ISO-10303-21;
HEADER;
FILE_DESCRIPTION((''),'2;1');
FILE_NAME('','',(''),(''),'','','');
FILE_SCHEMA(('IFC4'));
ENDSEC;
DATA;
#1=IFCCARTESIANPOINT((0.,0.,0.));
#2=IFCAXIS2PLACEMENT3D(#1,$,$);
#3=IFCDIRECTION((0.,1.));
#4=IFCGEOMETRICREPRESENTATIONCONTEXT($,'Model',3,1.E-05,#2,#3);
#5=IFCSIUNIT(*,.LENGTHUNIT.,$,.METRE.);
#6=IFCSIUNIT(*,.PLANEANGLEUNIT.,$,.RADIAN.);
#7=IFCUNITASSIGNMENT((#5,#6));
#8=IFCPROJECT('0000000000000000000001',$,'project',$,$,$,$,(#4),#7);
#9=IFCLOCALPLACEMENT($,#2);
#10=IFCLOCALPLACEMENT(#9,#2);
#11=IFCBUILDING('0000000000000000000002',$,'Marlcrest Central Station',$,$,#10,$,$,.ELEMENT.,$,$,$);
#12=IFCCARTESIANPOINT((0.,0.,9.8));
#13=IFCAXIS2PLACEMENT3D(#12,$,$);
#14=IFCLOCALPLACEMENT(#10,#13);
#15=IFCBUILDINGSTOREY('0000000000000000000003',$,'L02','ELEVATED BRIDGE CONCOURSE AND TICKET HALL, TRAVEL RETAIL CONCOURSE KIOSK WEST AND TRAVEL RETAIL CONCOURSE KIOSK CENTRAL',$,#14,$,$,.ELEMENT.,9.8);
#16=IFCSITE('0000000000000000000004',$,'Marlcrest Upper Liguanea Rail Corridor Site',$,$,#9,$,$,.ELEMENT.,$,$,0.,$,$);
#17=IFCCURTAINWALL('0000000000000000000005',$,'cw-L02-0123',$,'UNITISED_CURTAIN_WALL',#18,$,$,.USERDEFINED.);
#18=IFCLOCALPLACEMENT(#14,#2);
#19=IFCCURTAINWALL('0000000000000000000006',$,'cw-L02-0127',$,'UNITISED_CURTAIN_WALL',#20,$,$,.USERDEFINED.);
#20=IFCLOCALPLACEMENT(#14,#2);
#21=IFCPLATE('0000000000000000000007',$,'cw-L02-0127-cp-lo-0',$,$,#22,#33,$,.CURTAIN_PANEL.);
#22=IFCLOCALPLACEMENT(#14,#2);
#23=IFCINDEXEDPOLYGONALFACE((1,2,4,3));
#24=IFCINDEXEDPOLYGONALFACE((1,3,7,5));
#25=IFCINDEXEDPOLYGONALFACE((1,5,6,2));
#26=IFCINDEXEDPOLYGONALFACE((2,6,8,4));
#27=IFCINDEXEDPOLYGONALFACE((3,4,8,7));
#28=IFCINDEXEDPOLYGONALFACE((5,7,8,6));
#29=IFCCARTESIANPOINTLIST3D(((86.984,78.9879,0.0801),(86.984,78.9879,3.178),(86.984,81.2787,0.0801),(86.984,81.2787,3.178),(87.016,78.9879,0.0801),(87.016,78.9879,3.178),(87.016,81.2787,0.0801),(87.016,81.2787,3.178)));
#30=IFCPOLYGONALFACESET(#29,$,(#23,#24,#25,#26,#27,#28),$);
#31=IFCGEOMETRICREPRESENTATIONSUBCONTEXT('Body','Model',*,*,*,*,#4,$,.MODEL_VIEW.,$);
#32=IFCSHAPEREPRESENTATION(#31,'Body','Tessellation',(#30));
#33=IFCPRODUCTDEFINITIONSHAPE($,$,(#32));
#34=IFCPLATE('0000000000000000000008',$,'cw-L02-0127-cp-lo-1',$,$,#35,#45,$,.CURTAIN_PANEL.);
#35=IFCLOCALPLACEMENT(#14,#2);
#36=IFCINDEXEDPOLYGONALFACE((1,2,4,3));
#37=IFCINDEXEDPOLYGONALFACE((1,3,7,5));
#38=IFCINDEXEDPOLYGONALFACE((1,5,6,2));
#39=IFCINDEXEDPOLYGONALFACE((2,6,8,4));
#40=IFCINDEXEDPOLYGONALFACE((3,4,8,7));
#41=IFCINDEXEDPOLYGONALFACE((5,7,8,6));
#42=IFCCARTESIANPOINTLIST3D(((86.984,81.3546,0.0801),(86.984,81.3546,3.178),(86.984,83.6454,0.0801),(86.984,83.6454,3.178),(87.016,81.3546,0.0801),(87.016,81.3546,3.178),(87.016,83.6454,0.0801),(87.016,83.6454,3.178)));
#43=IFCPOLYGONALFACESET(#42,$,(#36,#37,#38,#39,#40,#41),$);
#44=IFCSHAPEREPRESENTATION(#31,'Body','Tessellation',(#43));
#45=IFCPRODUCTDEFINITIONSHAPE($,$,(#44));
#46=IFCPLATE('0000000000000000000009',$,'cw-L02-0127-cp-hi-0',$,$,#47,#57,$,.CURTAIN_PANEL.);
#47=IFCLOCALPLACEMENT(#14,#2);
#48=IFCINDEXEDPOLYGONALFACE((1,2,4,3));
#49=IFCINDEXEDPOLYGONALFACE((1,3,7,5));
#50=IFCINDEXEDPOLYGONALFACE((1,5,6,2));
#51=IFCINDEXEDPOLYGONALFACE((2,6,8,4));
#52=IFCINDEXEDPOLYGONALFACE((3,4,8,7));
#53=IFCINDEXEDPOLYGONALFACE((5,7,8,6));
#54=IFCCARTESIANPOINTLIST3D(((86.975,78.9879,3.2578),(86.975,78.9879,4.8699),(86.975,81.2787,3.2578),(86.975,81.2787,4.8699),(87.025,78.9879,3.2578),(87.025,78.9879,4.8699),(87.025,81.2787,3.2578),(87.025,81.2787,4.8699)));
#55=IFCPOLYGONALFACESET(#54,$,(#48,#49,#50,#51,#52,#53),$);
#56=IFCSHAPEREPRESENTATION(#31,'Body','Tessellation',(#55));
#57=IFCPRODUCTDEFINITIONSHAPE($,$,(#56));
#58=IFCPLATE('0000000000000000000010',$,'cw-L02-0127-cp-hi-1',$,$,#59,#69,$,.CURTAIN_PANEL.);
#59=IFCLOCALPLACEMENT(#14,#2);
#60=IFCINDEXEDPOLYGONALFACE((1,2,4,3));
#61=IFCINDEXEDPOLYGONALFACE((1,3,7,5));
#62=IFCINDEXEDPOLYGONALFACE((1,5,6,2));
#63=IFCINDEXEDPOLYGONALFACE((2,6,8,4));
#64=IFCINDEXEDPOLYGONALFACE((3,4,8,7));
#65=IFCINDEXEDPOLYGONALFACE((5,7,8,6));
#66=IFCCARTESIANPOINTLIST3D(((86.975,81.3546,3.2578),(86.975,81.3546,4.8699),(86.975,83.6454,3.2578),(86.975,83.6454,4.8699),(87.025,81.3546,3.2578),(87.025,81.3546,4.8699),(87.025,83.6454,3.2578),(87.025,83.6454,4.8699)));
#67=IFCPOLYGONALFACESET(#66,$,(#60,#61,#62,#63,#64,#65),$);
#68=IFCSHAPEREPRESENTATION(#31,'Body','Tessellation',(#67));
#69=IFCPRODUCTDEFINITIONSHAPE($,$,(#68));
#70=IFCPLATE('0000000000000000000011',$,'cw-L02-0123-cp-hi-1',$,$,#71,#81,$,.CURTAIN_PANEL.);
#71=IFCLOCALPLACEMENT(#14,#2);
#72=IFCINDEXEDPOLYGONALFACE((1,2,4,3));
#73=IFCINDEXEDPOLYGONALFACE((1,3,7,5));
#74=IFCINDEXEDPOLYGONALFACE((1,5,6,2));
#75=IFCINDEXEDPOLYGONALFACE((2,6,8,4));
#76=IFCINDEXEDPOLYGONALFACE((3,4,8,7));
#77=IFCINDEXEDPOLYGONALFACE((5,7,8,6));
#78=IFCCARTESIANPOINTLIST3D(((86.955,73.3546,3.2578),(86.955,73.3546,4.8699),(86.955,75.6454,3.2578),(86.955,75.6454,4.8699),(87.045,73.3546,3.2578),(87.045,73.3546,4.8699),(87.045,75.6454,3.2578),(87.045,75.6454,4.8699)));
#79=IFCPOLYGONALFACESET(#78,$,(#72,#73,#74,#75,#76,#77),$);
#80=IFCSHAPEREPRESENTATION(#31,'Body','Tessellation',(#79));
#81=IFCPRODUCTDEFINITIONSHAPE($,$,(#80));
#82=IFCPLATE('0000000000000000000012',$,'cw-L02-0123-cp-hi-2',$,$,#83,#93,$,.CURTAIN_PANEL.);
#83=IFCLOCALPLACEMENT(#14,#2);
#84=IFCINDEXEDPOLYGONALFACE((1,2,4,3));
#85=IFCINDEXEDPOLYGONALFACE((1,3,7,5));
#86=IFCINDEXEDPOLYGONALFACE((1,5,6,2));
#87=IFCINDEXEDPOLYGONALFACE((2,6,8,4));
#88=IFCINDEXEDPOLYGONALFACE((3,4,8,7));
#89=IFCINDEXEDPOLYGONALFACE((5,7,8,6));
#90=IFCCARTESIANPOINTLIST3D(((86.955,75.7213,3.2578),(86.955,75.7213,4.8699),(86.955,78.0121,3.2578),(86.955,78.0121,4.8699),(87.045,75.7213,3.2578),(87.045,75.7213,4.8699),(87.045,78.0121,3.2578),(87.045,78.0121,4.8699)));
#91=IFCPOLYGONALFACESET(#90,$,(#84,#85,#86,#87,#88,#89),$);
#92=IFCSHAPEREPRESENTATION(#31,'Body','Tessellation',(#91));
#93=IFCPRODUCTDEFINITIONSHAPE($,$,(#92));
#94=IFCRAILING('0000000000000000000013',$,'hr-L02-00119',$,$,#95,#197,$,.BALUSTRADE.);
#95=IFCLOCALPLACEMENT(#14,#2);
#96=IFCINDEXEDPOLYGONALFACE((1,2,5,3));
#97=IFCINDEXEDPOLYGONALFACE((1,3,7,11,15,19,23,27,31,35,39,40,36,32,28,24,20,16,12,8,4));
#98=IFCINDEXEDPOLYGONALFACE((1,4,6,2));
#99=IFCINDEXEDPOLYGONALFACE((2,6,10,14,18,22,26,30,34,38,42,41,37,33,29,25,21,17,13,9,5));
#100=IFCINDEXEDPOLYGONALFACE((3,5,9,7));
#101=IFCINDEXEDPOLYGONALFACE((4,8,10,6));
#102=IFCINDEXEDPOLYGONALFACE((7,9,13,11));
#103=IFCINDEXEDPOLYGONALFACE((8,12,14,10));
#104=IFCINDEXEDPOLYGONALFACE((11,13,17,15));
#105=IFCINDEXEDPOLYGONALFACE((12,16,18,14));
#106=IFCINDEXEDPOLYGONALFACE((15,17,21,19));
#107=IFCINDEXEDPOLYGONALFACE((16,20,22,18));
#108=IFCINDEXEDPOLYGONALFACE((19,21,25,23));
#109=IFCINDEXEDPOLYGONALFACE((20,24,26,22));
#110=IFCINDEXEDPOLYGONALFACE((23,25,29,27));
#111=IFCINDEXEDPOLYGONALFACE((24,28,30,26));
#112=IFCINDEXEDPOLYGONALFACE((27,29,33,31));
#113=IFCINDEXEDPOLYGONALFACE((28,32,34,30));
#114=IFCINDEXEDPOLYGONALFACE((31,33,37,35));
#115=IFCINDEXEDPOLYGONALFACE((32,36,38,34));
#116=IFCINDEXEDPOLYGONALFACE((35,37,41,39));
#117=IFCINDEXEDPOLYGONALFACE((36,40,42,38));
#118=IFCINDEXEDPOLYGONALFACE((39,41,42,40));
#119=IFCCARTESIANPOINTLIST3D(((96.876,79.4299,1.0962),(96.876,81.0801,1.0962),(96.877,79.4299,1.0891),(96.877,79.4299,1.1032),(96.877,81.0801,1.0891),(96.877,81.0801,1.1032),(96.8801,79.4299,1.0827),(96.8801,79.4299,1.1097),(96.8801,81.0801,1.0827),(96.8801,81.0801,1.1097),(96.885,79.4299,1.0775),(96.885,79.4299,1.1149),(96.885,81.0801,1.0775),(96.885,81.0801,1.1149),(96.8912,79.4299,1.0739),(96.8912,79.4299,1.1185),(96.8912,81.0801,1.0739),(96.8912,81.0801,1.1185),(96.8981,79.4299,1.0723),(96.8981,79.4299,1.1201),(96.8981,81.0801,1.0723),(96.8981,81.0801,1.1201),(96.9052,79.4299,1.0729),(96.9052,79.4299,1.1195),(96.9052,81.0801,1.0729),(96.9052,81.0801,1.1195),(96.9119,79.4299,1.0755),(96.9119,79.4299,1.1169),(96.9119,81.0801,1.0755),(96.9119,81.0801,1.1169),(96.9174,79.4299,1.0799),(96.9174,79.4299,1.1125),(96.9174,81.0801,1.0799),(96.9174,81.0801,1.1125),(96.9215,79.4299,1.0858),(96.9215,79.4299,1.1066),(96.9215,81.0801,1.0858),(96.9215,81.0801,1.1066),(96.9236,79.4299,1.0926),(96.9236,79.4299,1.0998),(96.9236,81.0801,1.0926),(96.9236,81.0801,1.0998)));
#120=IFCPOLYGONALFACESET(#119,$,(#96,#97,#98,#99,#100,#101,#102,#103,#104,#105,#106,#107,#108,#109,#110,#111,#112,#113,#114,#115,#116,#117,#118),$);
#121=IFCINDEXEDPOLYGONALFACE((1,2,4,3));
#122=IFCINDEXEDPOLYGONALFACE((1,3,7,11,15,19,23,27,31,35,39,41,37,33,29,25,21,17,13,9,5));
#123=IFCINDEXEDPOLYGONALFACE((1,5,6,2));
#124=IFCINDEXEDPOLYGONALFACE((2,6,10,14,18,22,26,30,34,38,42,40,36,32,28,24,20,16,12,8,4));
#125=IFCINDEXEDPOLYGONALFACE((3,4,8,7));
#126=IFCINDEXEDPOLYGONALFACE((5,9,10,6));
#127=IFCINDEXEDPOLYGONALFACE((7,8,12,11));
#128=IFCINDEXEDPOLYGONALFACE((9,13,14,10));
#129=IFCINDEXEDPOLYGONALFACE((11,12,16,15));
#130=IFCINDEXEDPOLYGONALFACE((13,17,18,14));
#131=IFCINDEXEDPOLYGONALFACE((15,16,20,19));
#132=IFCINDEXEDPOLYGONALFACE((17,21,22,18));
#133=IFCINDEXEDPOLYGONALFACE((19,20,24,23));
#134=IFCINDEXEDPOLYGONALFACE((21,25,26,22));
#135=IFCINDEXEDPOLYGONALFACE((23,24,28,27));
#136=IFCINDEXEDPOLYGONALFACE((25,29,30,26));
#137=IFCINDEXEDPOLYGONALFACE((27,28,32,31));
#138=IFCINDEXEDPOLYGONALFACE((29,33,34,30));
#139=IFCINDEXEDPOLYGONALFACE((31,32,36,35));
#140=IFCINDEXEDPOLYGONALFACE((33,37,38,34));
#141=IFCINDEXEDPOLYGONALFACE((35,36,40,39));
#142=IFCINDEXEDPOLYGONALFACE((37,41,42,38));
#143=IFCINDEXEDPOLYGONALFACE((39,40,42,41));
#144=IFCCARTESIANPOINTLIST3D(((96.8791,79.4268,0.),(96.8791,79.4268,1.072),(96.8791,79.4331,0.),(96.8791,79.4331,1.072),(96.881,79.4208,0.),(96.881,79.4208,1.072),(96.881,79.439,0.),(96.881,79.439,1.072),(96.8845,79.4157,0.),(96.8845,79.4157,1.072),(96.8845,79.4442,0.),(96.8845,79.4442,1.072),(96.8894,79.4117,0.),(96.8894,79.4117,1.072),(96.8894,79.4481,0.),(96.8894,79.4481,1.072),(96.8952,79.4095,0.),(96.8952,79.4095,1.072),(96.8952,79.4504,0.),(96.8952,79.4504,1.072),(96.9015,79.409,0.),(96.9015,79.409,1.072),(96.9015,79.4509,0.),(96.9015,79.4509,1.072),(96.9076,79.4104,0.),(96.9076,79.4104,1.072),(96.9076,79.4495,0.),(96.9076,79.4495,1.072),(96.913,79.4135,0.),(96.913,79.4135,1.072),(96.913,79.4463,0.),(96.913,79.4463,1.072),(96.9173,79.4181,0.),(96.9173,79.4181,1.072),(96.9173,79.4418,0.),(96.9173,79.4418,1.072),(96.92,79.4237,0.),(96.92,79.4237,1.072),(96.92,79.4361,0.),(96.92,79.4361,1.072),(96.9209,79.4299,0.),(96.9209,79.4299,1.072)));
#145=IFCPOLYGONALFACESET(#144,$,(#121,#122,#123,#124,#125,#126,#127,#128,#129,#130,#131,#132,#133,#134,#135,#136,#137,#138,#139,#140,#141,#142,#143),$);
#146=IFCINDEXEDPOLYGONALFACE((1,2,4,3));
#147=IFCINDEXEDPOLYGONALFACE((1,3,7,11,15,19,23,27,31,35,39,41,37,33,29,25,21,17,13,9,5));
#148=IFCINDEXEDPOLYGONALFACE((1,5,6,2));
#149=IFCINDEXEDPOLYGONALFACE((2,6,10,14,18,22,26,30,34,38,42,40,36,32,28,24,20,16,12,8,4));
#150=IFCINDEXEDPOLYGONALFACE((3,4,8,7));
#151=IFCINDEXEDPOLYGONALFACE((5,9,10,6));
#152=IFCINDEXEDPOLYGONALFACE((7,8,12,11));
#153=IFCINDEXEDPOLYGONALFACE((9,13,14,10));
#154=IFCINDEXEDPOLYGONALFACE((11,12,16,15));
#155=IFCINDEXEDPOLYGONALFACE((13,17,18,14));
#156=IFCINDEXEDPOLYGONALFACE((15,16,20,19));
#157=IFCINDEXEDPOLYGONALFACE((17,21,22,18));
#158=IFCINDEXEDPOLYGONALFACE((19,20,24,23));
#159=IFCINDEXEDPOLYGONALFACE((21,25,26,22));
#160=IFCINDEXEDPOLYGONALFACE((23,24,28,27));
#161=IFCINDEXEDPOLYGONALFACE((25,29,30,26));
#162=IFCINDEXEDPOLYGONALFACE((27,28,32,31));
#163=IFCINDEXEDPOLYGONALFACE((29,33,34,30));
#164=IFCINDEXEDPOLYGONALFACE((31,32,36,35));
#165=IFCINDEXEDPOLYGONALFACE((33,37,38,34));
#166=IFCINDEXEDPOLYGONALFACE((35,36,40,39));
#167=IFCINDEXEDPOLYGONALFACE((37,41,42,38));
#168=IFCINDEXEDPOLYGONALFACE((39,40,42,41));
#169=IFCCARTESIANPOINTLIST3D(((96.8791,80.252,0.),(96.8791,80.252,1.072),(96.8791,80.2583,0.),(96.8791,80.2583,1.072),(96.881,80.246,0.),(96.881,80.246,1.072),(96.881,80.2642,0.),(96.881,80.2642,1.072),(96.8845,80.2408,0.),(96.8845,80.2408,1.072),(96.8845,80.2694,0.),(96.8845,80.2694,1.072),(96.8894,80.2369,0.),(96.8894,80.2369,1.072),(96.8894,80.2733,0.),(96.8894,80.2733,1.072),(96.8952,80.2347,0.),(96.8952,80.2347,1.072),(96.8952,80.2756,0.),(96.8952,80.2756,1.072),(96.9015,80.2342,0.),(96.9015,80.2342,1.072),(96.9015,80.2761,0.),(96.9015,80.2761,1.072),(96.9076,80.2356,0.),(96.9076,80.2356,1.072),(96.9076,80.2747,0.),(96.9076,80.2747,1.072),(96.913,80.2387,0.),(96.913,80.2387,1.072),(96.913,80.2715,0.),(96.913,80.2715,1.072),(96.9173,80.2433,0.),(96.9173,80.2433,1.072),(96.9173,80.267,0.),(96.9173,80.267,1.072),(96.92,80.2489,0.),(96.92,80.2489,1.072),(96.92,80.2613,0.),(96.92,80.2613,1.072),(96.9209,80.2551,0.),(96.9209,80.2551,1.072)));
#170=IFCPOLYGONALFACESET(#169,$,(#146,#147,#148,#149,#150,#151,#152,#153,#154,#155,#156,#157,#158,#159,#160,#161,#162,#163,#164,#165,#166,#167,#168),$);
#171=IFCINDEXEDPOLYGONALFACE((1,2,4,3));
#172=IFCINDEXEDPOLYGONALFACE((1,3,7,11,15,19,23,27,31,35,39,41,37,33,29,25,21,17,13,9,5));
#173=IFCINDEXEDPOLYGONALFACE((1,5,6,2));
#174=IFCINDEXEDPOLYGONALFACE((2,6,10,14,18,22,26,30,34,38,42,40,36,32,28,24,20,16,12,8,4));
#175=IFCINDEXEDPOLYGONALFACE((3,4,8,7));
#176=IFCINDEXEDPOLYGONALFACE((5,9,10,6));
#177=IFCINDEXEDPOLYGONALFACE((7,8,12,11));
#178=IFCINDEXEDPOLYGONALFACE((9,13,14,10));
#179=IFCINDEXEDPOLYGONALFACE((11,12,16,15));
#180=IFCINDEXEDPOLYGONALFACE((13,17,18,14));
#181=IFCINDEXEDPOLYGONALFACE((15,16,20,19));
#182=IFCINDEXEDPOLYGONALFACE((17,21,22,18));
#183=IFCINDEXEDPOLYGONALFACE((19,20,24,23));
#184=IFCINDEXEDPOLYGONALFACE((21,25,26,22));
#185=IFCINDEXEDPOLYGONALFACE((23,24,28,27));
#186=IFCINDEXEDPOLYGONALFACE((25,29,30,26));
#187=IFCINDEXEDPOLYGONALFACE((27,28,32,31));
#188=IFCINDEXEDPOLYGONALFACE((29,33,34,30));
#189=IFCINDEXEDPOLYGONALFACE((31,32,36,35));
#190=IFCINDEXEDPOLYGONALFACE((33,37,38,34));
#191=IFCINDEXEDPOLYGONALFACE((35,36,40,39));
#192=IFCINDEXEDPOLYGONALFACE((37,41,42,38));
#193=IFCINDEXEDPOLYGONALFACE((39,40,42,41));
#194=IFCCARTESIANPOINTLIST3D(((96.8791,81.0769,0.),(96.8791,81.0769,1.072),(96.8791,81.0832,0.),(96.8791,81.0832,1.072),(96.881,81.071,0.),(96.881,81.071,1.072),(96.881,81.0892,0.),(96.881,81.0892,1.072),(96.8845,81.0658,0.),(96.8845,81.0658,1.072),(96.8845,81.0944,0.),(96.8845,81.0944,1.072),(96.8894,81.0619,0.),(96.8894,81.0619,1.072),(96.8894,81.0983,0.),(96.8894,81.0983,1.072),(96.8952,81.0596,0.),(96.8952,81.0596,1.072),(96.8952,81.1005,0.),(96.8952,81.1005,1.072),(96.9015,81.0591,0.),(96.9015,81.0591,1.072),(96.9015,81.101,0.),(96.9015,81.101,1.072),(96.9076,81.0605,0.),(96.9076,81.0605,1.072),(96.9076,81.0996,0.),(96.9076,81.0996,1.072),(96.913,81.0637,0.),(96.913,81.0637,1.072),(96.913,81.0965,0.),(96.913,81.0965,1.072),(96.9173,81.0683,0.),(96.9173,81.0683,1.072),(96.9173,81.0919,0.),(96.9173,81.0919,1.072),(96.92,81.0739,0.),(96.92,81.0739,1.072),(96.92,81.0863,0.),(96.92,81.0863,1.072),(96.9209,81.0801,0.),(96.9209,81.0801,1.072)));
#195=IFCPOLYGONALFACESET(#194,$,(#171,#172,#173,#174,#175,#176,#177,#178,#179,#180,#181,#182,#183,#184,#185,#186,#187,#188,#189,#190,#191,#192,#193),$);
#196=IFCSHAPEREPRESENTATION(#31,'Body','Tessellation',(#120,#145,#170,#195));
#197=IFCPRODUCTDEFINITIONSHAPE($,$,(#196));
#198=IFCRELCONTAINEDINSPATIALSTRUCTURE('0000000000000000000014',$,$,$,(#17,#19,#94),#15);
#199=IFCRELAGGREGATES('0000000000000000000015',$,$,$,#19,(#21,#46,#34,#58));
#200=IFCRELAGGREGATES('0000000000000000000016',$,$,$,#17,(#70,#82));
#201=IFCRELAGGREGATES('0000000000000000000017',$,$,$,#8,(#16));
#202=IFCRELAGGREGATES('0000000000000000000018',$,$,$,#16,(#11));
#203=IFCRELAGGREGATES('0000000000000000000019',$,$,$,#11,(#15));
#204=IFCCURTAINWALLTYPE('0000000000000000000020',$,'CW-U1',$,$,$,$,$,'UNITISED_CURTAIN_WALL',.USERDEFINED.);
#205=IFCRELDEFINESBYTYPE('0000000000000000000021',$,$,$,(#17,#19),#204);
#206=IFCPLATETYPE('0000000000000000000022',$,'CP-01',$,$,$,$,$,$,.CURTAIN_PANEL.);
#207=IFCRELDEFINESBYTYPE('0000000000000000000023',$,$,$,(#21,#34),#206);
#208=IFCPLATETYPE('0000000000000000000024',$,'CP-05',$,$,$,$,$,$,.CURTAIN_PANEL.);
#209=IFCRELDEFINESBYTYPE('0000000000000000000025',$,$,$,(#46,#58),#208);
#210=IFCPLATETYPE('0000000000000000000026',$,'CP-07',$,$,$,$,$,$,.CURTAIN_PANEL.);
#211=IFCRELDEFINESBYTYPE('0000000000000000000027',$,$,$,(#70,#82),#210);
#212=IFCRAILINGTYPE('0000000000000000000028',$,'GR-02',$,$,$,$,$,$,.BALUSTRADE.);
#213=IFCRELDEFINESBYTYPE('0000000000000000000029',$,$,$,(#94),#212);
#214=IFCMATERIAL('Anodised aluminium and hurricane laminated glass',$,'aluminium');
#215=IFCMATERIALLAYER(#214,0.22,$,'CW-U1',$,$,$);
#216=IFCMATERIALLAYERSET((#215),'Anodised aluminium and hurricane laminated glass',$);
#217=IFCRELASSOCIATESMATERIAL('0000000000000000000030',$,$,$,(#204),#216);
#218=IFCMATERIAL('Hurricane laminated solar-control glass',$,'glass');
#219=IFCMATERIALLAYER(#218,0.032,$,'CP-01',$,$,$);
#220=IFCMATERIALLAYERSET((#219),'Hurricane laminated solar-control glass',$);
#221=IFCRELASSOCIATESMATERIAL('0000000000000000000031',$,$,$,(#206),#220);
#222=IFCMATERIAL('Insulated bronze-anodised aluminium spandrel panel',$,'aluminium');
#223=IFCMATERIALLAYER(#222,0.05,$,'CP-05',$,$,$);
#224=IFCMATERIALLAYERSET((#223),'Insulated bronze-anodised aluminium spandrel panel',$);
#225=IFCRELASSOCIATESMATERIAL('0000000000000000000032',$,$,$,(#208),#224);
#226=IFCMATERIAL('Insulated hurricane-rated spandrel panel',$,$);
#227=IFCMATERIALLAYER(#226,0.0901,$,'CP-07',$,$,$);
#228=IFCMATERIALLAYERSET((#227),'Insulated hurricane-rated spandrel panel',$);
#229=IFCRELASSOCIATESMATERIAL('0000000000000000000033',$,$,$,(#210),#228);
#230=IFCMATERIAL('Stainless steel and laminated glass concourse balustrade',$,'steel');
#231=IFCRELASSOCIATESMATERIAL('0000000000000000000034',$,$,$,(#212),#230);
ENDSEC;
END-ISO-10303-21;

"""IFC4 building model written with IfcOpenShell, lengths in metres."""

from ifc_helpers import new_model, si_unit, direction, frame, origin, origin_2d, place, context, subcontext, project, spatial, rectangle, circle, extrude, material, layer, layer_set, type_object, element, aggregate, save


model = new_model("IFC4")

# Units and contexts
model_context = context("Model", 3, precision=1e-05, world=origin(), true_north=direction((0.0, 1.0)))
body_context = subcontext(model_context, "Body", "Model", "MODEL_VIEW")
ifc_project = project(units=[si_unit("LENGTHUNIT", "METRE"), si_unit("PLANEANGLEUNIT", "RADIAN")], contexts=[model_context])

# Site, building, storey
site_placement = place(None, origin())
site = spatial("IfcSite", under=ifc_project, at=site_placement, Name="Marlcrest Upper Liguanea Rail Corridor Site", CompositionType="ELEMENT", RefElevation=0.0)
building_placement = place(site_placement, origin())
building = spatial("IfcBuilding", under=site, at=building_placement, Name="Marlcrest Central Station", CompositionType="ELEMENT")
storey_placement = place(building_placement, frame((0.0, 0.0, 9.8)))
storey = spatial("IfcBuildingStorey", under=building, at=storey_placement, Name="L02", Description="ELEVATED BRIDGE CONCOURSE AND TICKET HALL, TRAVEL RETAIL CONCOURSE KIOSK WEST AND TRAVEL RETAIL CONCOURSE KIOSK CENTRAL", CompositionType="ELEMENT", Elevation=9.8)

# Curtain walls
ifc_material_1 = material(Name="Anodised aluminium and hurricane laminated glass", Category="aluminium")
ifc_layer_1 = layer(ifc_material_1, 0.22, Name="CW-U1")
ifc_layer_set_1 = layer_set([ifc_layer_1], Name="Anodised aluminium and hurricane laminated glass")
curtain_wall_type = type_object("IfcCurtainWallType", Name="CW-U1", ElementType="UNITISED_CURTAIN_WALL", PredefinedType="USERDEFINED", material=ifc_layer_set_1)
curtain_wall_1_placement = place(storey_placement, origin())
curtain_wall_1 = element("IfcCurtainWall", 1, at=curtain_wall_1_placement, inside=storey, type_object=curtain_wall_type, Name="cw-L02-0123", ObjectType="UNITISED_CURTAIN_WALL", PredefinedType="USERDEFINED")
curtain_wall_2_placement = place(storey_placement, origin())
curtain_wall_2 = element("IfcCurtainWall", 2, at=curtain_wall_2_placement, inside=storey, type_object=curtain_wall_type, Name="cw-L02-0127", ObjectType="UNITISED_CURTAIN_WALL", PredefinedType="USERDEFINED")

# Plates
ifc_material_2 = material(Name="Hurricane laminated solar-control glass", Category="glass")
ifc_layer_2 = layer(ifc_material_2, 0.032, Name="CP-01")
ifc_layer_set_2 = layer_set([ifc_layer_2], Name="Hurricane laminated solar-control glass")
plate_type_1 = type_object("IfcPlateType", Name="CP-01", PredefinedType="CURTAIN_PANEL", material=ifc_layer_set_2)
plate_1_placement = place(storey_placement, frame((87.0, 80.1333, 0.0801), z_axis=(0.0, 0.0, 1.0), x_axis=(0.0, 1.0, 0.0)))
plate_1 = element("IfcPlate", 3, at=plate_1_placement, type_object=plate_type_1, Name="cw-L02-0127-cp-lo-0", PredefinedType="CURTAIN_PANEL", context=body_context, shape_type="SweptSolid", body=[
    extrude(rectangle(XDim=2.2908, YDim=0.032, at=origin_2d()), origin(), (0.0, 0.0, 1.0), 3.0979),
])
plate_2_placement = place(storey_placement, frame((87.0, 82.5, 0.0801), z_axis=(0.0, 0.0, 1.0), x_axis=(0.0, 1.0, 0.0)))
plate_2 = element("IfcPlate", 4, at=plate_2_placement, type_object=plate_type_1, Name="cw-L02-0127-cp-lo-1", PredefinedType="CURTAIN_PANEL", context=body_context, shape_type="SweptSolid", body=[
    extrude(rectangle(XDim=2.2908, YDim=0.032, at=origin_2d()), origin(), (0.0, 0.0, 1.0), 3.0979),
])
ifc_material_3 = material(Name="Insulated bronze-anodised aluminium spandrel panel", Category="aluminium")
ifc_layer_3 = layer(ifc_material_3, 0.05, Name="CP-05")
ifc_layer_set_3 = layer_set([ifc_layer_3], Name="Insulated bronze-anodised aluminium spandrel panel")
plate_type_2 = type_object("IfcPlateType", Name="CP-05", PredefinedType="CURTAIN_PANEL", material=ifc_layer_set_3)
plate_3_placement = place(storey_placement, frame((87.0, 80.1333, 3.2578), z_axis=(0.0, 0.0, 1.0), x_axis=(0.0, 1.0, 0.0)))
plate_3 = element("IfcPlate", 5, at=plate_3_placement, type_object=plate_type_2, Name="cw-L02-0127-cp-hi-0", PredefinedType="CURTAIN_PANEL", context=body_context, shape_type="SweptSolid", body=[
    extrude(rectangle(XDim=2.2908, YDim=0.05, at=origin_2d()), origin(), (0.0, 0.0, 1.0), 1.6121),
])
plate_4_placement = place(storey_placement, frame((87.0, 82.5, 3.2578), z_axis=(0.0, 0.0, 1.0), x_axis=(0.0, 1.0, 0.0)))
plate_4 = element("IfcPlate", 6, at=plate_4_placement, type_object=plate_type_2, Name="cw-L02-0127-cp-hi-1", PredefinedType="CURTAIN_PANEL", context=body_context, shape_type="SweptSolid", body=[
    extrude(rectangle(XDim=2.2908, YDim=0.05, at=origin_2d()), origin(), (0.0, 0.0, 1.0), 1.6121),
])
aggregate(curtain_wall_2, [plate_1, plate_3, plate_2, plate_4])
ifc_material_4 = material(Name="Insulated hurricane-rated spandrel panel")
ifc_layer_4 = layer(ifc_material_4, 0.0901, Name="CP-07")
ifc_layer_set_4 = layer_set([ifc_layer_4], Name="Insulated hurricane-rated spandrel panel")
plate_type_3 = type_object("IfcPlateType", Name="CP-07", PredefinedType="CURTAIN_PANEL", material=ifc_layer_set_4)
plate_5_placement = place(storey_placement, frame((87.0, 74.5, 3.2578), z_axis=(0.0, 0.0, 1.0), x_axis=(0.0, 1.0, 0.0)))
plate_5 = element("IfcPlate", 7, at=plate_5_placement, type_object=plate_type_3, Name="cw-L02-0123-cp-hi-1", PredefinedType="CURTAIN_PANEL", context=body_context, shape_type="SweptSolid", body=[
    extrude(rectangle(XDim=2.2908, YDim=0.0901, at=origin_2d()), origin(), (0.0, 0.0, 1.0), 1.6121),
])
plate_6_placement = place(storey_placement, frame((87.0, 76.8667, 3.2578), z_axis=(0.0, 0.0, 1.0), x_axis=(0.0, 1.0, 0.0)))
plate_6 = element("IfcPlate", 8, at=plate_6_placement, type_object=plate_type_3, Name="cw-L02-0123-cp-hi-2", PredefinedType="CURTAIN_PANEL", context=body_context, shape_type="SweptSolid", body=[
    extrude(rectangle(XDim=2.2908, YDim=0.0901, at=origin_2d()), origin(), (0.0, 0.0, 1.0), 1.6121),
])
aggregate(curtain_wall_1, [plate_5, plate_6])

# Railing
ifc_material_5 = material(Name="Stainless steel and laminated glass concourse balustrade", Category="steel")
railing_type = type_object("IfcRailingType", Name="GR-02", PredefinedType="BALUSTRADE", material=ifc_material_5)
railing_1_placement = place(storey_placement, frame((96.8999, 79.4299, 0.0)))
element("IfcRailing", 9, at=railing_1_placement, inside=storey, type_object=railing_type, Name="hr-L02-00119", PredefinedType="BALUSTRADE", context=body_context, shape_type="SweptSolid", body=[
    extrude(circle(Radius=0.0239, at=origin_2d()), frame((0.0, 0.0, 1.0962), z_axis=(0.0, 1.0, 0.0), x_axis=(-1.0, 0.0, 0.0)), (0.0, 0.0, 1.0), 1.6501),
    extrude(circle(Radius=0.021, at=origin_2d()), origin(), (0.0, 0.0, 1.0), 1.072),
    extrude(circle(Radius=0.021, at=origin_2d()), frame((0.0, 0.8252, 0.0)), (0.0, 0.0, 1.0), 1.072),
    extrude(circle(Radius=0.021, at=origin_2d()), frame((0.0, 1.6501, 0.0)), (0.0, 0.0, 1.0), 1.072),
])

save(model, "model.ifc")
